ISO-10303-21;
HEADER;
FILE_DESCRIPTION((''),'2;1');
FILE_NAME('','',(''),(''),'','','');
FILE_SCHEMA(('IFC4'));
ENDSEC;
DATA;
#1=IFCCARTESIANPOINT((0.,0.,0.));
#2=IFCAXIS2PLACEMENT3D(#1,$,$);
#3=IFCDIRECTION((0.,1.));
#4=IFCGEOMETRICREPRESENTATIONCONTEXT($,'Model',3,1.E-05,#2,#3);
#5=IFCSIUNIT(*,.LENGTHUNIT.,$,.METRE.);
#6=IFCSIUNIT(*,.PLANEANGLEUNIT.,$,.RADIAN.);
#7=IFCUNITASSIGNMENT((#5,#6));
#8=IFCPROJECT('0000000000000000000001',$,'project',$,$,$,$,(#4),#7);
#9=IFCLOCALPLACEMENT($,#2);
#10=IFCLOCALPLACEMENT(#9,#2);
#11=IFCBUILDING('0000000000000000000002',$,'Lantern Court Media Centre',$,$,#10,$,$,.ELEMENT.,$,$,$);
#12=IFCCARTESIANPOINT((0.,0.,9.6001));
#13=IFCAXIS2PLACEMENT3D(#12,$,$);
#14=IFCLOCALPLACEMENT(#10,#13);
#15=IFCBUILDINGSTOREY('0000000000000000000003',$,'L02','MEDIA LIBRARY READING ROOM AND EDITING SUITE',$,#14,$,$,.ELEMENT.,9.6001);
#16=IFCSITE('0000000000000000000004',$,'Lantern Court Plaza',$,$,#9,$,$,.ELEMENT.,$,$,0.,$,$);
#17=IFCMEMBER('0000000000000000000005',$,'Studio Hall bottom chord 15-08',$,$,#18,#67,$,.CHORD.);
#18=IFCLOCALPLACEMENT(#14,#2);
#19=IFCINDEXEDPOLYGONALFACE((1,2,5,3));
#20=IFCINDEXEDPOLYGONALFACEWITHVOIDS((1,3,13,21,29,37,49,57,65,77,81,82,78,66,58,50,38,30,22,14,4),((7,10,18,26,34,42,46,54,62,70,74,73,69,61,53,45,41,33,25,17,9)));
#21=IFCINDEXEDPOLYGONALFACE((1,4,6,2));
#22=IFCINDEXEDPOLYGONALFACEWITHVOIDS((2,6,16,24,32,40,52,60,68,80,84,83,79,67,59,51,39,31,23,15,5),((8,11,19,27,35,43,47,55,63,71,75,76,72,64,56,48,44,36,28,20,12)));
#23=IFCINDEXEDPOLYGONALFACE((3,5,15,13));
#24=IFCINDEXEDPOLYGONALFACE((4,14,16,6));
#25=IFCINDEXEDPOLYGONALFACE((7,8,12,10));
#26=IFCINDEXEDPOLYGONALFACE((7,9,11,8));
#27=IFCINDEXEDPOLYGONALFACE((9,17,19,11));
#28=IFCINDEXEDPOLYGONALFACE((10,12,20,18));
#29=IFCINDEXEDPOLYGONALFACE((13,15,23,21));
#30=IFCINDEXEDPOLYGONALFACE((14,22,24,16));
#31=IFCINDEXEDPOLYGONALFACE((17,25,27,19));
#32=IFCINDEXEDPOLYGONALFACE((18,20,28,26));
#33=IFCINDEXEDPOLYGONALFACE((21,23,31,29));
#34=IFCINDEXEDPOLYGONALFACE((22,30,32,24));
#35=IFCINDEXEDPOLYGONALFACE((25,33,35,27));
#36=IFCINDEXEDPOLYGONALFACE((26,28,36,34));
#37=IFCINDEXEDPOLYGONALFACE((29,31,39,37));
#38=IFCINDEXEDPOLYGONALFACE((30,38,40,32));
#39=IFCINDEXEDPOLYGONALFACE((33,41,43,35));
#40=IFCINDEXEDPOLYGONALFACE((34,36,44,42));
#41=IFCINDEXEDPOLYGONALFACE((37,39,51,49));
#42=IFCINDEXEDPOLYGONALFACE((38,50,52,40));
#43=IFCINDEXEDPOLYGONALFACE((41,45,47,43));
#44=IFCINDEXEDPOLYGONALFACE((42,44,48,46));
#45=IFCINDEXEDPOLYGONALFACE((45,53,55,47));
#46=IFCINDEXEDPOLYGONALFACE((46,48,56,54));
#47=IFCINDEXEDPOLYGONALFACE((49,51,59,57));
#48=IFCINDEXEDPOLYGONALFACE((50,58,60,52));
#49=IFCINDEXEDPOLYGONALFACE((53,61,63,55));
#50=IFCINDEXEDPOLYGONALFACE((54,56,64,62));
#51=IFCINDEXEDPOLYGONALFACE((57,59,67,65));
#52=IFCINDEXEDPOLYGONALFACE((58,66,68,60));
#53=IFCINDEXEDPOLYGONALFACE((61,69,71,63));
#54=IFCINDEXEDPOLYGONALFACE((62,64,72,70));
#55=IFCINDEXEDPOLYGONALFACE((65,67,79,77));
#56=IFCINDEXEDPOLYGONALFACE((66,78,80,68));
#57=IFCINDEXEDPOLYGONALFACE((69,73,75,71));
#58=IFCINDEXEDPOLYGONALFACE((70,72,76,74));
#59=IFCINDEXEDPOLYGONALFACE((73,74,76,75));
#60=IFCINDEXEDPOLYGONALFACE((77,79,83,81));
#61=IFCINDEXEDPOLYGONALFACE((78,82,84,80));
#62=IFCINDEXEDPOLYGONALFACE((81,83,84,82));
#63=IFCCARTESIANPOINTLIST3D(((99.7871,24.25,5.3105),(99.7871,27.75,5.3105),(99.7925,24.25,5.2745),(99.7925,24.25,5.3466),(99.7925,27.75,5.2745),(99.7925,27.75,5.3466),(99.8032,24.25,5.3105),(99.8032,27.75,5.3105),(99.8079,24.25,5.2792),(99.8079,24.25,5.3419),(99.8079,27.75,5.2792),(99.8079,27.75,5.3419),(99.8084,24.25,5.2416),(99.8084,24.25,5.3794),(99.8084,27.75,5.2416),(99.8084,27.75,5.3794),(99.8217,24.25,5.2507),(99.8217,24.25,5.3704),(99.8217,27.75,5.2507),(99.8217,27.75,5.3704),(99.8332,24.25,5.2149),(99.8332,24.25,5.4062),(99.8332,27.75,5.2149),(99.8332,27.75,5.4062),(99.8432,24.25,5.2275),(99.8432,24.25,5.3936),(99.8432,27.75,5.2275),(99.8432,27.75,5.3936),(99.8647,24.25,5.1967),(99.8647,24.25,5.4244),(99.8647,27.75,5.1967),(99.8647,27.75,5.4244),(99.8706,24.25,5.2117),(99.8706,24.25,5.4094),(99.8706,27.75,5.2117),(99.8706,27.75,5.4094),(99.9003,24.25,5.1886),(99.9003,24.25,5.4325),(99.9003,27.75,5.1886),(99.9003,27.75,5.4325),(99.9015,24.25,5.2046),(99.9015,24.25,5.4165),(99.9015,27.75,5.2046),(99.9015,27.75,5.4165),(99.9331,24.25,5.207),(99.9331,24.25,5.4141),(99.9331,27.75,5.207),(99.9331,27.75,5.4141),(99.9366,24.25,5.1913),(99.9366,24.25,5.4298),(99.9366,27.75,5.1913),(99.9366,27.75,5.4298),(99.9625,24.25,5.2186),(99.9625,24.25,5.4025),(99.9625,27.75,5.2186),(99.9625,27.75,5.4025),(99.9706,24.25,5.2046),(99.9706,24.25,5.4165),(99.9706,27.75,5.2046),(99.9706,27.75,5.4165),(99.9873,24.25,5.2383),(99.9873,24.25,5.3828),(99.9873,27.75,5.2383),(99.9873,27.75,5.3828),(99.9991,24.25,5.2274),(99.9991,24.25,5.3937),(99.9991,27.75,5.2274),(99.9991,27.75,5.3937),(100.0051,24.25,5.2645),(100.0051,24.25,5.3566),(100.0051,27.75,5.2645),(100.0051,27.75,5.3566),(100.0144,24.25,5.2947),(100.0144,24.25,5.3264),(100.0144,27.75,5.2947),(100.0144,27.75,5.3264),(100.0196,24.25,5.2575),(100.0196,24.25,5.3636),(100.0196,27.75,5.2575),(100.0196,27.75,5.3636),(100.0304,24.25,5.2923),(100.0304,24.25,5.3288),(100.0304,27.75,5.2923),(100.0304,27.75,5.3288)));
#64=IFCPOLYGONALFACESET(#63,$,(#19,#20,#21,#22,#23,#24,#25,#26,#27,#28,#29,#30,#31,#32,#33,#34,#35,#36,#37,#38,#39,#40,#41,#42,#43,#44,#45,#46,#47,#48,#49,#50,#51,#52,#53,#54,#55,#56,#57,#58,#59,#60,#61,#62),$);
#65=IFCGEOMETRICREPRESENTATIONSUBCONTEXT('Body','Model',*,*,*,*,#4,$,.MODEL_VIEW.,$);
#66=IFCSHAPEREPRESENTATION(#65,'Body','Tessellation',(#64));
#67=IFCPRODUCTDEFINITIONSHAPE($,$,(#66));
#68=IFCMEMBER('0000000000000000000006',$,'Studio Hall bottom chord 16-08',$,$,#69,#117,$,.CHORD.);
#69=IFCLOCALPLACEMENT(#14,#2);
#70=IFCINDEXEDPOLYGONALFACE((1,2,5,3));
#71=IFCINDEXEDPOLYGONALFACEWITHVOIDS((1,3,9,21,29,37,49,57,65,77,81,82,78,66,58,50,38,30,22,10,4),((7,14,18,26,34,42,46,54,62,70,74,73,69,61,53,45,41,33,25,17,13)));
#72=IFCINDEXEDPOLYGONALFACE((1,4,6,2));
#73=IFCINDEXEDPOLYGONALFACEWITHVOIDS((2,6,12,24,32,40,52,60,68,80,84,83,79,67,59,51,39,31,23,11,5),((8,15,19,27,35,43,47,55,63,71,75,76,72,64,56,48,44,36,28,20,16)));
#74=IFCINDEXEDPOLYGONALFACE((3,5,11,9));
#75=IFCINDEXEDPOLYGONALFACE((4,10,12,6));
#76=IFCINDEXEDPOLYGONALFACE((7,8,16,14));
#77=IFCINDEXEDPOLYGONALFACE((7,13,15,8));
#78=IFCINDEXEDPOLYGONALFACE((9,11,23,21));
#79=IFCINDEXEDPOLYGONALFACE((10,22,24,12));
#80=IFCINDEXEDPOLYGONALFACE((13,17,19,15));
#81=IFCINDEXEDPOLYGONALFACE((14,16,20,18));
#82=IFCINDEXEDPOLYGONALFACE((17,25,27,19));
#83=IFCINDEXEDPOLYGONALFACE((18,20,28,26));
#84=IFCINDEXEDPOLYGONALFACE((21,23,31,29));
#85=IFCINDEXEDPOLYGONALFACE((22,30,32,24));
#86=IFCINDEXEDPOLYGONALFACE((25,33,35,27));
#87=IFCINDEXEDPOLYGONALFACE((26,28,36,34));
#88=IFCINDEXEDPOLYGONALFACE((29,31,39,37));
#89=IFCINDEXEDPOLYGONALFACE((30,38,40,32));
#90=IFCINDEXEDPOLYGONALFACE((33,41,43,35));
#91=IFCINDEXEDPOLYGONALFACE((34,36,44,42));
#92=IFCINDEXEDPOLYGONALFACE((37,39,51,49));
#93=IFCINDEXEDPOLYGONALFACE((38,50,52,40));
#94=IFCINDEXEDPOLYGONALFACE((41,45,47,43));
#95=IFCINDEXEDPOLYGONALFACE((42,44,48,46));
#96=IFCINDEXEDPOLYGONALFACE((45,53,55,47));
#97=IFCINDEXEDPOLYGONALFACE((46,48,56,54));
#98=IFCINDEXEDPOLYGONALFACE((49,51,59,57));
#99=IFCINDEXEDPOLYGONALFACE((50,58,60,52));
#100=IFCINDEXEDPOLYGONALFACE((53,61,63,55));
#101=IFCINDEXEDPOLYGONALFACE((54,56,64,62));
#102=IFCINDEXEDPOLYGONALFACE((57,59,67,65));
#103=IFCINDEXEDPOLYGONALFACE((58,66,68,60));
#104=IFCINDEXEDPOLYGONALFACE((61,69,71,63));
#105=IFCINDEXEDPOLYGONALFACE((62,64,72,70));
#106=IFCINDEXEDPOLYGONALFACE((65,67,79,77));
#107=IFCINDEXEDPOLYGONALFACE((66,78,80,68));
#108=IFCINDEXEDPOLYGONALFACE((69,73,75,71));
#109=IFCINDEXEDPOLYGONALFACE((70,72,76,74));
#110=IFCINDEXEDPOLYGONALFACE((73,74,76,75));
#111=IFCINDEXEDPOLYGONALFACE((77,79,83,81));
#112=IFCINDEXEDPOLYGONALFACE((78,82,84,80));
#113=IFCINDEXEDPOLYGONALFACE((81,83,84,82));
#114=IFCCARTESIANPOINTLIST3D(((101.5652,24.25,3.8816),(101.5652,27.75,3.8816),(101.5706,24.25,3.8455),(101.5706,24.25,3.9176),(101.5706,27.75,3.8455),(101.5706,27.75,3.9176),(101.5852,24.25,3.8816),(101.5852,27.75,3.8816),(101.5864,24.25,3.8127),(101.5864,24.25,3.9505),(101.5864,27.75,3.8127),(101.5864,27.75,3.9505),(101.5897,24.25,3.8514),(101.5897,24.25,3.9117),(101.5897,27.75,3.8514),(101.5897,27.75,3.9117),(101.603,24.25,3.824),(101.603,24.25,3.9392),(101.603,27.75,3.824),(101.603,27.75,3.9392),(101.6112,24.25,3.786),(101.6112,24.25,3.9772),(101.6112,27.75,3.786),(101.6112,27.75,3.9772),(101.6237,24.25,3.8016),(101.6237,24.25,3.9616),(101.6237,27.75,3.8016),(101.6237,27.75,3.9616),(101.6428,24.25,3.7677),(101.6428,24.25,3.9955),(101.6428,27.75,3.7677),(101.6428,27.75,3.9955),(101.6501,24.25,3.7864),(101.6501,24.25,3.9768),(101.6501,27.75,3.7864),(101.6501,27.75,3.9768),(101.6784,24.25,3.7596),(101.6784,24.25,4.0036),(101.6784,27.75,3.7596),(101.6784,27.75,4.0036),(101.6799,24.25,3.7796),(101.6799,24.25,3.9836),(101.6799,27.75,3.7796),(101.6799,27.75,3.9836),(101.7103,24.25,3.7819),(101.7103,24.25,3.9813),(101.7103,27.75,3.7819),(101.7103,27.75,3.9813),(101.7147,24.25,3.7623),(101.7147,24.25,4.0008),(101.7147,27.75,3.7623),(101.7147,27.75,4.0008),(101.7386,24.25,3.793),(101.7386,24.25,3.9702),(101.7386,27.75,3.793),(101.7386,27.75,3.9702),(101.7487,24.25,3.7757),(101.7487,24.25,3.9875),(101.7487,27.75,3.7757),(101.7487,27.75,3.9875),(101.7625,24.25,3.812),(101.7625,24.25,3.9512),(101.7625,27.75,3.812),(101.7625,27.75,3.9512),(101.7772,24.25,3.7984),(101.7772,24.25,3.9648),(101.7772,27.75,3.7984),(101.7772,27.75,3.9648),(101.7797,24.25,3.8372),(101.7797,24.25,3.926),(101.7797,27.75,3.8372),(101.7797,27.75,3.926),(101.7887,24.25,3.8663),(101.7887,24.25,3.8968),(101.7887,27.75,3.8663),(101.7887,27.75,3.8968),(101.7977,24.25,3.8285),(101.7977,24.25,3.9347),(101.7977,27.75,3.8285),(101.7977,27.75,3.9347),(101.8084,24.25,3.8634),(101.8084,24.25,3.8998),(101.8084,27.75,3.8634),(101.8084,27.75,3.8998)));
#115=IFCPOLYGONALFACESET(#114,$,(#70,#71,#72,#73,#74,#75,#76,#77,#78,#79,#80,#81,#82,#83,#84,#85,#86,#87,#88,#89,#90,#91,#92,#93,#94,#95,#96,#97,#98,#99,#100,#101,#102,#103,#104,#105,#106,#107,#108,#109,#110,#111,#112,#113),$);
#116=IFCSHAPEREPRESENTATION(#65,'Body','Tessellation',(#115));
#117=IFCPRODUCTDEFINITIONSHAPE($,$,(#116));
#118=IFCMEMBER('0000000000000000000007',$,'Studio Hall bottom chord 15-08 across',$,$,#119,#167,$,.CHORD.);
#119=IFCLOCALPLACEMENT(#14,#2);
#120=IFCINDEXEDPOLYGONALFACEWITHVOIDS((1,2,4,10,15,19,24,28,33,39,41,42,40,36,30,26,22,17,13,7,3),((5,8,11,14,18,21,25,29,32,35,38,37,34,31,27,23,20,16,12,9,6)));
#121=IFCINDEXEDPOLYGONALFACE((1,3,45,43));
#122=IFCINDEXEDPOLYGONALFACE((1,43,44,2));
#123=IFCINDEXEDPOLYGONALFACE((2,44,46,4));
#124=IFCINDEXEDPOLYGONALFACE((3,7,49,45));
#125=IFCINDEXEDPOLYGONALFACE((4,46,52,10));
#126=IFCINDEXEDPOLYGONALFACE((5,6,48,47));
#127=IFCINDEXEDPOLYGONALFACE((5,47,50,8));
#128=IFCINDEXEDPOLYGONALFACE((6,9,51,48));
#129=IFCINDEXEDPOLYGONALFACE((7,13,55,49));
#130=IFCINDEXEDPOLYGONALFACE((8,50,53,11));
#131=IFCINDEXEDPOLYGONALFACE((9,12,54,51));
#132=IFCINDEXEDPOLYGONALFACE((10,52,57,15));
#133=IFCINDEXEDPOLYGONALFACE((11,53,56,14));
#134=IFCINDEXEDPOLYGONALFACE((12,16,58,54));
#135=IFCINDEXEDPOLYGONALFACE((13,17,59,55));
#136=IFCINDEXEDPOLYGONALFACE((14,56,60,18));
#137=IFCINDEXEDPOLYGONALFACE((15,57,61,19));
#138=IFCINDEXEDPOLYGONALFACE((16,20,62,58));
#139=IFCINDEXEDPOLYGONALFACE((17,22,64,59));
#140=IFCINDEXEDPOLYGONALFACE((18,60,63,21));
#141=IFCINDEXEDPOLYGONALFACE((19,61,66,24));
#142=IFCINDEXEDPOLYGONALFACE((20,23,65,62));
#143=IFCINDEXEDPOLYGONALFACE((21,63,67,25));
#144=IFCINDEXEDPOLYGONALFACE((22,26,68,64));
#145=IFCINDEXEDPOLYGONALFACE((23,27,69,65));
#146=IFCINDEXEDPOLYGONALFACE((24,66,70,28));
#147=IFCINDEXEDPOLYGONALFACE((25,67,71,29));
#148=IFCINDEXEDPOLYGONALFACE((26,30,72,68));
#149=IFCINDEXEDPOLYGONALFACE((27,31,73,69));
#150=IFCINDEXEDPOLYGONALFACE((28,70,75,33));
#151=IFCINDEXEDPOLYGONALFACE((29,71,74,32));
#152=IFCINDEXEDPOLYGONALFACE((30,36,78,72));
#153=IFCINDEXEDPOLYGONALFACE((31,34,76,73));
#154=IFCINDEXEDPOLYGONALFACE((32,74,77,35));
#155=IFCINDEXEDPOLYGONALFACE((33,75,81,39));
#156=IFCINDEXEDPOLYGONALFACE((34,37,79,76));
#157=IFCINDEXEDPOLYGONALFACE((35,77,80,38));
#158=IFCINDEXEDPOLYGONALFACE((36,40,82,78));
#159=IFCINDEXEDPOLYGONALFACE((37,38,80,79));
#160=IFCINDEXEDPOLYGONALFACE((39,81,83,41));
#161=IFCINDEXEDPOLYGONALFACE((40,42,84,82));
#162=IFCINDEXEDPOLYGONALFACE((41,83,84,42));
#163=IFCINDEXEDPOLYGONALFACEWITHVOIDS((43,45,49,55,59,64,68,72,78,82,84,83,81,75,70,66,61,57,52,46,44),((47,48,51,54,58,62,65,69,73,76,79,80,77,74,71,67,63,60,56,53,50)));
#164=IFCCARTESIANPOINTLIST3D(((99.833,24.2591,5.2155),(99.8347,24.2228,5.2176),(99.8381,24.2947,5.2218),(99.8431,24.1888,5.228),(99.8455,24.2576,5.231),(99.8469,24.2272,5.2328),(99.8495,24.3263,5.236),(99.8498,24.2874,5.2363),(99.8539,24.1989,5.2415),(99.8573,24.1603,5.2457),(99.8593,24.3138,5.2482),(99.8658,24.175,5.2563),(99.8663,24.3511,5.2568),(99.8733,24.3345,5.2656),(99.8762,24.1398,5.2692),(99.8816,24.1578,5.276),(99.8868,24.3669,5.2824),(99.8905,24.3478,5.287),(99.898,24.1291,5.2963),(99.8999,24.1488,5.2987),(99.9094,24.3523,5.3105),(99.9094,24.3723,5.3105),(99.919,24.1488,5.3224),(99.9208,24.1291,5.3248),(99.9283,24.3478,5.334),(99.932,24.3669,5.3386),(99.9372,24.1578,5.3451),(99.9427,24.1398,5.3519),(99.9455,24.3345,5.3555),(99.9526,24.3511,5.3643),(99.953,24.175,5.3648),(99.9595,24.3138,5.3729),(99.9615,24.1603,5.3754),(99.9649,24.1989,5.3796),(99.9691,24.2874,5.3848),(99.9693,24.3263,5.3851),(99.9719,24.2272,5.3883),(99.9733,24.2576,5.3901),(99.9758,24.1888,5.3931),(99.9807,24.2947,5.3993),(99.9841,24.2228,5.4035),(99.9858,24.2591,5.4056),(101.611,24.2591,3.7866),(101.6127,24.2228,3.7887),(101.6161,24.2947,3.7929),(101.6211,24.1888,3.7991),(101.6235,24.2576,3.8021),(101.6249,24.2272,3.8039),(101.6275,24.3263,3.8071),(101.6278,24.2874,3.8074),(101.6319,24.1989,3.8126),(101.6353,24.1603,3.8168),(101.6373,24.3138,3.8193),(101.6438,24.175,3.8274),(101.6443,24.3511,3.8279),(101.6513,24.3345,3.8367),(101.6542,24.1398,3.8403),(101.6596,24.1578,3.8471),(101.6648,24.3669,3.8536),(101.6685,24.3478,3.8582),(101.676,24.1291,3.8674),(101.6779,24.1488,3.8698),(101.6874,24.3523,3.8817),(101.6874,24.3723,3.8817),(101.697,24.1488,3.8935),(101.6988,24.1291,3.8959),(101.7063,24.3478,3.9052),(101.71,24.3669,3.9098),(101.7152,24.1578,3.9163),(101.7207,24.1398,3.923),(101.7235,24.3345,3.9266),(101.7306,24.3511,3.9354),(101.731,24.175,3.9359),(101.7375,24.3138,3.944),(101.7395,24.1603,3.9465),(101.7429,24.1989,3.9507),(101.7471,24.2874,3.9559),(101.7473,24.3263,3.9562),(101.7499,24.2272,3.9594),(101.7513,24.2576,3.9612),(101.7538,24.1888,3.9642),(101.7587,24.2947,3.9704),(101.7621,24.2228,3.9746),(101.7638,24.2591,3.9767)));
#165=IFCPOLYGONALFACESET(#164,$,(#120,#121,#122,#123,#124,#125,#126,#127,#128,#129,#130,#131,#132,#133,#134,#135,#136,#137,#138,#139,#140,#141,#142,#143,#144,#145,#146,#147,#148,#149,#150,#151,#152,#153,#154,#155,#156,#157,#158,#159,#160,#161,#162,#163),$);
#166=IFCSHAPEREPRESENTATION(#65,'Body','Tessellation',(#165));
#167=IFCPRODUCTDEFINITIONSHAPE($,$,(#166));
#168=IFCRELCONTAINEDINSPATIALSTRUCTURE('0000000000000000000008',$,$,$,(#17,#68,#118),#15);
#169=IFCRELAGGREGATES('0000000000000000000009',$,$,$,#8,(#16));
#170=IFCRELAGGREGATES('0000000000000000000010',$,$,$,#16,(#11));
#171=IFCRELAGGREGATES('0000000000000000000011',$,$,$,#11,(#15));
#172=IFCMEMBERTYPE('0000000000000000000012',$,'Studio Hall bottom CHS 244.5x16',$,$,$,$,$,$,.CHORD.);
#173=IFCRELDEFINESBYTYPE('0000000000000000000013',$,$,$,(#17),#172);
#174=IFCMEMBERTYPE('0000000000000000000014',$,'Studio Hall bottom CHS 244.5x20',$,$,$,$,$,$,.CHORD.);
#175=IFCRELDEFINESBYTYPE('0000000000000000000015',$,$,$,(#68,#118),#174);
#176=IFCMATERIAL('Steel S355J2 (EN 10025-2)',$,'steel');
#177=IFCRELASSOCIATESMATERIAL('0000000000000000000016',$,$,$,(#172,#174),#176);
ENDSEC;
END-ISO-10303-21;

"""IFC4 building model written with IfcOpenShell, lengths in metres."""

from ifc_helpers import new_model, si_unit, direction, frame, origin, origin_2d, place, context, subcontext, project, spatial, hollow_circle, extrude, material, material_profile, profile_set, type_object, element, save


model = new_model("IFC4")

# Units and contexts
model_context = context("Model", 3, precision=1e-05, world=origin(), true_north=direction((0.0, 1.0)))
body_context = subcontext(model_context, "Body", "Model", "MODEL_VIEW")
ifc_project = project(units=[si_unit("LENGTHUNIT", "METRE"), si_unit("PLANEANGLEUNIT", "RADIAN")], contexts=[model_context])

# Site, building, storey
site_placement = place(None, origin())
site = spatial("IfcSite", under=ifc_project, at=site_placement, Name="Lantern Court Plaza", CompositionType="ELEMENT", RefElevation=0.0)
building_placement = place(site_placement, origin())
building = spatial("IfcBuilding", under=site, at=building_placement, Name="Lantern Court Media Centre", CompositionType="ELEMENT")
storey_placement = place(building_placement, frame((0.0, 0.0, 9.6001)))
storey = spatial("IfcBuildingStorey", under=building, at=storey_placement, Name="L02", Description="MEDIA LIBRARY READING ROOM AND EDITING SUITE", CompositionType="ELEMENT", Elevation=9.6001)

# Shared definitions
ifc_material_1 = material(Name="Steel S355J2 (EN 10025-2)", Category="steel")

# Members
ifc_material_profile_1 = material_profile(ifc_material_1, hollow_circle(Radius=0.1223, WallThickness=0.0161, at=origin_2d()), Name="Studio Hall bottom CHS 244.5x16")
ifc_profile_set_1 = profile_set([ifc_material_profile_1], Name="Steel S355J2 (EN 10025-2)")
member_type_1 = type_object("IfcMemberType", Name="Studio Hall bottom CHS 244.5x16", PredefinedType="CHORD", material=ifc_profile_set_1)
member_1_placement = place(storey_placement, frame((99.9094, 24.25, 5.3105), z_axis=(0.0, 1.0, 0.0), x_axis=(-1.0, 0.0, 0.0)))
element("IfcMember", 1, at=member_1_placement, inside=storey, type_object=member_type_1, Name="Studio Hall bottom chord 15-08", PredefinedType="CHORD", context=body_context, shape_type="SweptSolid", body=[
    extrude(hollow_circle(Radius=0.1223, WallThickness=0.0161, at=origin_2d()), origin(), (0.0, 0.0, 1.0), 3.5),
])
ifc_material_profile_2 = material_profile(ifc_material_1, hollow_circle(Radius=0.1223, WallThickness=0.02, at=origin_2d()), Name="Studio Hall bottom CHS 244.5x20")
ifc_profile_set_2 = profile_set([ifc_material_profile_2], Name="Steel S355J2 (EN 10025-2)")
member_type_2 = type_object("IfcMemberType", Name="Studio Hall bottom CHS 244.5x20", PredefinedType="CHORD", material=ifc_profile_set_2)
member_2_placement = place(storey_placement, frame((101.6875, 24.25, 3.8816), z_axis=(0.0, 1.0, 0.0), x_axis=(-1.0, 0.0, 0.0)))
element("IfcMember", 2, at=member_2_placement, inside=storey, type_object=member_type_2, Name="Studio Hall bottom chord 16-08", PredefinedType="CHORD", context=body_context, shape_type="SweptSolid", body=[
    extrude(hollow_circle(Radius=0.1223, WallThickness=0.02, at=origin_2d()), origin(), (0.0, 0.0, 1.0), 3.5),
])
member_3_placement = place(storey_placement, frame((99.9094, 24.25, 5.3105), z_axis=(0.779478, 0.0, -0.626429), x_axis=(0.0, 1.0, 0.0)))
element("IfcMember", 3, at=member_3_placement, inside=storey, type_object=member_type_2, Name="Studio Hall bottom chord 15-08 across", PredefinedType="CHORD", context=body_context, shape_type="SweptSolid", body=[
    extrude(hollow_circle(Radius=0.1223, WallThickness=0.02, at=origin_2d()), origin(), (0.0, 0.0, 1.0), 2.281),
])

save(model, "model.ifc")
